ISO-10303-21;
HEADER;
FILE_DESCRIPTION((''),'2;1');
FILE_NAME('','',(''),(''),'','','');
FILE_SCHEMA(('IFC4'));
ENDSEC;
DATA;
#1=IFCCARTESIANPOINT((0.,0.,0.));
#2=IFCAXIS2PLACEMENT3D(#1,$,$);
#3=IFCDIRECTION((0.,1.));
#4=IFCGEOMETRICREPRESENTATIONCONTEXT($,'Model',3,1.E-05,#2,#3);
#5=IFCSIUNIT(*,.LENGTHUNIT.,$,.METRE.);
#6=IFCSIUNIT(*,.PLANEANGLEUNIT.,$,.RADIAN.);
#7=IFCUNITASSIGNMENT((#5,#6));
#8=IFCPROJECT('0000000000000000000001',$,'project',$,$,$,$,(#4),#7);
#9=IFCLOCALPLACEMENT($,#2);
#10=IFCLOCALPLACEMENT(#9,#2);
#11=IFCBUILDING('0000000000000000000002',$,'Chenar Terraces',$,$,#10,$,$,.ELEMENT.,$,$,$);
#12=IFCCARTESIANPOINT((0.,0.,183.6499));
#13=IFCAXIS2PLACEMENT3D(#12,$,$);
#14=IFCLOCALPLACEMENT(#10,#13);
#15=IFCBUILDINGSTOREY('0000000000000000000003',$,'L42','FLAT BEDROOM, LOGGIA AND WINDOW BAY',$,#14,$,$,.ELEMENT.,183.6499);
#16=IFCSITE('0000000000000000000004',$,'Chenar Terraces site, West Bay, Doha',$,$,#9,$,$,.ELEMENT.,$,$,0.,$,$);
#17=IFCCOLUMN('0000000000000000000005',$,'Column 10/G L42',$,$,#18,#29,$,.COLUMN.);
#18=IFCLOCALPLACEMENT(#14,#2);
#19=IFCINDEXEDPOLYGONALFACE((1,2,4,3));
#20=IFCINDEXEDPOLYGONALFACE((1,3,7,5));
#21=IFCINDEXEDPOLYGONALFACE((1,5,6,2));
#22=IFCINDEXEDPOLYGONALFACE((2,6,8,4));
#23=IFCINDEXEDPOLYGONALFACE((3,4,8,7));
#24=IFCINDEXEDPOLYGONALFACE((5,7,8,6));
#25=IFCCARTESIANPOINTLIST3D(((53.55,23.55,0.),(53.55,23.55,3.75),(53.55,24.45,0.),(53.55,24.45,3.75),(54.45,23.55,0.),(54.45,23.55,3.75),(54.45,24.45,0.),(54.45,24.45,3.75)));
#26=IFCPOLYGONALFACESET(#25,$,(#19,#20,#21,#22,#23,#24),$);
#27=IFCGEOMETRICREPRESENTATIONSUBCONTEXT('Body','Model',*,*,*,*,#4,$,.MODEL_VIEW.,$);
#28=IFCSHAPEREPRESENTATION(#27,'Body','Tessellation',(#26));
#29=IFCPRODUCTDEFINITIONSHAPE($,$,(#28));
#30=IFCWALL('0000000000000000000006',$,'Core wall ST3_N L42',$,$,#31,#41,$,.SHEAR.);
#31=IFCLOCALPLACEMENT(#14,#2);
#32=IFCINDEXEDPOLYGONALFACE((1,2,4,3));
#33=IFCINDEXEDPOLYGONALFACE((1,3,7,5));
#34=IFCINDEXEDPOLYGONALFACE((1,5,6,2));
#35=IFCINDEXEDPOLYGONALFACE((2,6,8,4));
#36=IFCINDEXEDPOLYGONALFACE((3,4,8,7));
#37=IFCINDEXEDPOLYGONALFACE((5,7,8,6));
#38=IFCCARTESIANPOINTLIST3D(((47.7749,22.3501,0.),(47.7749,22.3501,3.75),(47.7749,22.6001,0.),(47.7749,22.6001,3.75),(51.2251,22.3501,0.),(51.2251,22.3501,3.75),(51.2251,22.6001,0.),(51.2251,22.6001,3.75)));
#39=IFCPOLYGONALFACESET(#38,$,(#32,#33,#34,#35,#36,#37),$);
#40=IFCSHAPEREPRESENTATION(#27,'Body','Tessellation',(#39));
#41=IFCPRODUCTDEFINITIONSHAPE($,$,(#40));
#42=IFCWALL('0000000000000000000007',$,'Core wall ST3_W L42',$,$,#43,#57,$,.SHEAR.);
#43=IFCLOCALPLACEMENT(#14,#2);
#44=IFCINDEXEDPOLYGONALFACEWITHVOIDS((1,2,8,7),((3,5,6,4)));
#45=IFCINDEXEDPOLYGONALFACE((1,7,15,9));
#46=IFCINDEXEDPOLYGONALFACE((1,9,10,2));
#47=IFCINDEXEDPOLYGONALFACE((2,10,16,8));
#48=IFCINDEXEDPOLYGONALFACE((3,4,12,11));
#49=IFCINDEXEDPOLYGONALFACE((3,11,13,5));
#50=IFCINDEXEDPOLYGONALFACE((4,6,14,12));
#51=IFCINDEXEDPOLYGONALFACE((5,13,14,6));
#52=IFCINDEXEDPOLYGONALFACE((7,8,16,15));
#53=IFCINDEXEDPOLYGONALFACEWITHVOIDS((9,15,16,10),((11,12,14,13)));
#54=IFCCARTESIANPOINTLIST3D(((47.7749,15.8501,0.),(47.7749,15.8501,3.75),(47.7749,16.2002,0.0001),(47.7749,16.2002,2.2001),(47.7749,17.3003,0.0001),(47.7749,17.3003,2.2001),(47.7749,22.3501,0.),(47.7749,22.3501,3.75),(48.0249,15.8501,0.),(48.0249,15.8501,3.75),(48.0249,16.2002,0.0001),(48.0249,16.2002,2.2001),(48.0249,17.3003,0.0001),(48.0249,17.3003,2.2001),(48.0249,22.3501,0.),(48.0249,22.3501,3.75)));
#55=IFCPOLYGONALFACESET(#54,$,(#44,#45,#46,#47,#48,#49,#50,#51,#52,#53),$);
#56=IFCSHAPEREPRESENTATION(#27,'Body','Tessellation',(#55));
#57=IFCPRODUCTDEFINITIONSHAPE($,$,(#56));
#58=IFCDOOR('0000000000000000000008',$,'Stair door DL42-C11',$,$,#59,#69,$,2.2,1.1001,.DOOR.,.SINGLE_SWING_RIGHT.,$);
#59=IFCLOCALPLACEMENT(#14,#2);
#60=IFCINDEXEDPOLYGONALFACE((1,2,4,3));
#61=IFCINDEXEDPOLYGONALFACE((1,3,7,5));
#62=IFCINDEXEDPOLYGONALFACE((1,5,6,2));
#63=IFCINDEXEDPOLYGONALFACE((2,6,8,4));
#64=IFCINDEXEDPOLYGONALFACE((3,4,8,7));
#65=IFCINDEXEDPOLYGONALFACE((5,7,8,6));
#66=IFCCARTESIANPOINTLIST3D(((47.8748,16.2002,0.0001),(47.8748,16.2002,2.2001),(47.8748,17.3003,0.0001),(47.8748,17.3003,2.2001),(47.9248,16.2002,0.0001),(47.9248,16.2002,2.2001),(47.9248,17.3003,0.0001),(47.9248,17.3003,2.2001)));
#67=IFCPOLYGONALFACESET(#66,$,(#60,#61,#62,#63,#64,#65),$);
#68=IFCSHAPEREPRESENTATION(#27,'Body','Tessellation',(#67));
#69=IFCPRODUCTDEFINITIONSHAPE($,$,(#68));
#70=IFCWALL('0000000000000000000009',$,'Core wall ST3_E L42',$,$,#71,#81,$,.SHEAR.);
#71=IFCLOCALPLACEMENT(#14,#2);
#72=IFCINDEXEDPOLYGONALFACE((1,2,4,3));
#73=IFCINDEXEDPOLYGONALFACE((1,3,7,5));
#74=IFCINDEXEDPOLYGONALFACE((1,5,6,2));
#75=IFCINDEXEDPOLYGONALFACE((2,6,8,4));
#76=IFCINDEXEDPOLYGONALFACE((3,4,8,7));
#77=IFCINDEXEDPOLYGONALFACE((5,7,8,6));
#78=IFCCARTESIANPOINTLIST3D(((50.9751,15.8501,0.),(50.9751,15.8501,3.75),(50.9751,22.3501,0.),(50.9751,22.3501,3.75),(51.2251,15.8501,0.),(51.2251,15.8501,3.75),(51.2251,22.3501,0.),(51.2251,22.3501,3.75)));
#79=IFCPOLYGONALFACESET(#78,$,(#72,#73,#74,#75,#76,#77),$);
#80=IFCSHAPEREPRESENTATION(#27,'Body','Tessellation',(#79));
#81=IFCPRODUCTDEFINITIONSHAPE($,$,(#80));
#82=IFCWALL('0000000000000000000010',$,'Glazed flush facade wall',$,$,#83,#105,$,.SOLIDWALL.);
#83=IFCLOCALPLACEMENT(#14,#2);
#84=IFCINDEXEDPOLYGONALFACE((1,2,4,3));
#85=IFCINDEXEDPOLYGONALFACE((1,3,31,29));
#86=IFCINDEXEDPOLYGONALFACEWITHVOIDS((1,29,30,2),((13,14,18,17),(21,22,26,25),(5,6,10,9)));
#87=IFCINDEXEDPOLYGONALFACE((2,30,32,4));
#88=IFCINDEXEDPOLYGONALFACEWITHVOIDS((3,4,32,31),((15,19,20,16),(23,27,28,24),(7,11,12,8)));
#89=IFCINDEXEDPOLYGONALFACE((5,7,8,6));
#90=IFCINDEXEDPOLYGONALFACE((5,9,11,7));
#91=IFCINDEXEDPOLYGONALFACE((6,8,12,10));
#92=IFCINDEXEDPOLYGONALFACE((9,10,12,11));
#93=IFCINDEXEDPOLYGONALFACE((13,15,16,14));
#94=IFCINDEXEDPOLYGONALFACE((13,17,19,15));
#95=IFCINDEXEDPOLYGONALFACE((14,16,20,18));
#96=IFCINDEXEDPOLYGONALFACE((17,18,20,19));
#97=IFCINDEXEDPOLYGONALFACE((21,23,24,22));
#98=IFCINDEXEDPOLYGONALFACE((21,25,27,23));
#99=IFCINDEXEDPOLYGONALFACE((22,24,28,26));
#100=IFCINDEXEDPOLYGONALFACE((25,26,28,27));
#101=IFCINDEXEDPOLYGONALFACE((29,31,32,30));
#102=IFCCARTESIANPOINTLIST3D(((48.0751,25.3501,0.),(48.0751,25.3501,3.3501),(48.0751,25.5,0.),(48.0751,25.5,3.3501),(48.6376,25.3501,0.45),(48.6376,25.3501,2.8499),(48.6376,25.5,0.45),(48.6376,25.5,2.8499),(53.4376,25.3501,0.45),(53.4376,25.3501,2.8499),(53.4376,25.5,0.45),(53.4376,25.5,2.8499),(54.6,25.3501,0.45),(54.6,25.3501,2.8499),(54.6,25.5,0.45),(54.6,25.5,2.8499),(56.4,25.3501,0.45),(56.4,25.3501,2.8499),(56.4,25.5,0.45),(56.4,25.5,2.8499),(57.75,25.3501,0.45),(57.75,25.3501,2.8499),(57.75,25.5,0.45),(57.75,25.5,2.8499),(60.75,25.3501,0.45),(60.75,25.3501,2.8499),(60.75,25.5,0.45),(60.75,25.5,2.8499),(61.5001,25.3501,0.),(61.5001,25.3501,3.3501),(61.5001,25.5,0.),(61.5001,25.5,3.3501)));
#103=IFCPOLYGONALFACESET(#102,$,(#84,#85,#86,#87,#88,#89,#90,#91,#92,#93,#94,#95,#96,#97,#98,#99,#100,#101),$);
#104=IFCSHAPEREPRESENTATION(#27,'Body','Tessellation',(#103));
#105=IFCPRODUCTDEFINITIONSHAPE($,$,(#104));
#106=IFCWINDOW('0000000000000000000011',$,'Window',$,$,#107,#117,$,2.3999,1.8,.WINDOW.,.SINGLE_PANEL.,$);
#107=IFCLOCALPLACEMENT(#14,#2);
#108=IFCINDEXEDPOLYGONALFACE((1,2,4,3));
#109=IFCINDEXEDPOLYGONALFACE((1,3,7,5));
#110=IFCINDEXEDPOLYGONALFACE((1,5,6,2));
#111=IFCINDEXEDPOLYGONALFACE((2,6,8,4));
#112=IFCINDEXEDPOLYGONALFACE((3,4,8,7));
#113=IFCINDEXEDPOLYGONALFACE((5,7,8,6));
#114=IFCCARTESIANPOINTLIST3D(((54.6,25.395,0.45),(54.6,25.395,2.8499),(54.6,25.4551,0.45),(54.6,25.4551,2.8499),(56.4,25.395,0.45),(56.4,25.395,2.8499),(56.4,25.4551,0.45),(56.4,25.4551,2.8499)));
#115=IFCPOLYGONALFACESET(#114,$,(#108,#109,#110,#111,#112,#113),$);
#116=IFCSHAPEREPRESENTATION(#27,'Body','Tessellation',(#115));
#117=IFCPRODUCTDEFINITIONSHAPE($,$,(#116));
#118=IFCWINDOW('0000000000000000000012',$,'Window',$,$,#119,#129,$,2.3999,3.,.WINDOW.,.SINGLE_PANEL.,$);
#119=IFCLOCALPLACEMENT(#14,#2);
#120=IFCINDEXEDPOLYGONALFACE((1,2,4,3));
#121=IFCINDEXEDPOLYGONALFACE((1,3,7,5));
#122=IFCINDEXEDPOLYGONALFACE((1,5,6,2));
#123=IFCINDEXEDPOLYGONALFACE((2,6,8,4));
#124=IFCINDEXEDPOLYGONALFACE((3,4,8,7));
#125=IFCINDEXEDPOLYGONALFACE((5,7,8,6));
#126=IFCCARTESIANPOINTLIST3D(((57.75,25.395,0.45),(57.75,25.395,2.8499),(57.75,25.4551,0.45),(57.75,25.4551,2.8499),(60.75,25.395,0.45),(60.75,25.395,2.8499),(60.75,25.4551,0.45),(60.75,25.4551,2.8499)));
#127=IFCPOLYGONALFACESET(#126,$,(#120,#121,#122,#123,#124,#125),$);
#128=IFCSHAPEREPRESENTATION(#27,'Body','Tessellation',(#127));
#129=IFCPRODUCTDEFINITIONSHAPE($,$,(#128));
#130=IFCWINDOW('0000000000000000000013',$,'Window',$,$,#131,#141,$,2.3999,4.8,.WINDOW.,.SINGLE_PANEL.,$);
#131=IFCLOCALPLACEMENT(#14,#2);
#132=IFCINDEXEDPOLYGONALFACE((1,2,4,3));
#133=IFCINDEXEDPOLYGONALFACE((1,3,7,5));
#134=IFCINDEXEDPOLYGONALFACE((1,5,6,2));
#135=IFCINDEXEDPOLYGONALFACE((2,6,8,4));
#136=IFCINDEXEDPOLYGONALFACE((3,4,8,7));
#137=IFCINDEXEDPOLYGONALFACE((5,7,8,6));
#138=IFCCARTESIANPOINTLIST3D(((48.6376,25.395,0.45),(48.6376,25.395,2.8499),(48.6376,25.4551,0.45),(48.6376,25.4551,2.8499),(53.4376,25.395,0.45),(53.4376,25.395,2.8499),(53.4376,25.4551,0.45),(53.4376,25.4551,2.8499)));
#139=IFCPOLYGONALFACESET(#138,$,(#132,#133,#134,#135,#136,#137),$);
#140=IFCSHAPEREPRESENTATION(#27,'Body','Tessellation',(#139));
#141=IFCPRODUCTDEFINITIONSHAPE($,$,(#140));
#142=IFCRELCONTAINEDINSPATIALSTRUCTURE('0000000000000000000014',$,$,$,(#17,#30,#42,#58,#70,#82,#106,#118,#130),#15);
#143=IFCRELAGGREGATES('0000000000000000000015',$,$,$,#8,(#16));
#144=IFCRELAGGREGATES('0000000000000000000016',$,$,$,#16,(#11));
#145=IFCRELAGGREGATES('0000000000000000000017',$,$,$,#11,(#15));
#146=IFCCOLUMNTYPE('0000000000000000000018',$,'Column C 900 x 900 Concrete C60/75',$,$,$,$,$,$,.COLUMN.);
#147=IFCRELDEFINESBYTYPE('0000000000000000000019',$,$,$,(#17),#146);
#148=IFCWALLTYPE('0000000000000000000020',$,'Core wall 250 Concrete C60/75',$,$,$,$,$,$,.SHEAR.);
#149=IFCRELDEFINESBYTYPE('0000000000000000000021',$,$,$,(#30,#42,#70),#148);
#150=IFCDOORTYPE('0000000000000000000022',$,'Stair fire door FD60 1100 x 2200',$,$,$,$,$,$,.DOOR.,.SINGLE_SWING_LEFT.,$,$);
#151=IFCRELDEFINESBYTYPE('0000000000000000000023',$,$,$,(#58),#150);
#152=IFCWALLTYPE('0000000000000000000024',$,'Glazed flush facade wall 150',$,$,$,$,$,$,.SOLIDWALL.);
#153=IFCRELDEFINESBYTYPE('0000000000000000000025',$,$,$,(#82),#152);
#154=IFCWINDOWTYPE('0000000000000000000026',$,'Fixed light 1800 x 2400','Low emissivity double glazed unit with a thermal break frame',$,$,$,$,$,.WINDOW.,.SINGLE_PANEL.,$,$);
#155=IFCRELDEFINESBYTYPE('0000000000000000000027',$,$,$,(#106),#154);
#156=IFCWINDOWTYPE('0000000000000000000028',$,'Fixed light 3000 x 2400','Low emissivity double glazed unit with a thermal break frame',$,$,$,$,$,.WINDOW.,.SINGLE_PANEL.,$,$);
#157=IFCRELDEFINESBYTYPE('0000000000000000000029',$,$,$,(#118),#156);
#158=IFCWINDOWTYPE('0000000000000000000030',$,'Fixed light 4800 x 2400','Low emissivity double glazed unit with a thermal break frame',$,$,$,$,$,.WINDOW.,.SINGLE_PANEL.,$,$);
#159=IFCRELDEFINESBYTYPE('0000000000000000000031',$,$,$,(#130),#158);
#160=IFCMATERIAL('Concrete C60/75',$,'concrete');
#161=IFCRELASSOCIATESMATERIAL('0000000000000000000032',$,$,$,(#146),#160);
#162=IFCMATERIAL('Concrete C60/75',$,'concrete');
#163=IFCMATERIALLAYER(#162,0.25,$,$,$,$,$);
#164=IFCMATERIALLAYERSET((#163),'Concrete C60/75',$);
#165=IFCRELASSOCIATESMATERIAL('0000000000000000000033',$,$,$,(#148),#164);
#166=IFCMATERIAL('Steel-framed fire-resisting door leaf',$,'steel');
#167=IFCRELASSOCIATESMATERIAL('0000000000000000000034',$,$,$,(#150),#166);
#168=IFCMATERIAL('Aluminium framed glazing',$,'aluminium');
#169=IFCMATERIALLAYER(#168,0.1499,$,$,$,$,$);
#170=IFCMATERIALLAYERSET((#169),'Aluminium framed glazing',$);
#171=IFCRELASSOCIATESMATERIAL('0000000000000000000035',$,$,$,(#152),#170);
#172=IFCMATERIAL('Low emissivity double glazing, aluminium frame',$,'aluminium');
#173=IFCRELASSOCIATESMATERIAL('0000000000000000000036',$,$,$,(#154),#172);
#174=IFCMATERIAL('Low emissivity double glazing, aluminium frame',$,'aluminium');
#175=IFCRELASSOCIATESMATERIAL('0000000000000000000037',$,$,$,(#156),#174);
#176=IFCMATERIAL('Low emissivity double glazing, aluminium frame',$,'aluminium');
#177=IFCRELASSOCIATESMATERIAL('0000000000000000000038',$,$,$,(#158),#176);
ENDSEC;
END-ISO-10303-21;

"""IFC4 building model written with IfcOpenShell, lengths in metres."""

from ifc_helpers import new_model, si_unit, direction, frame, frame_2d, origin, origin_2d, place, context, subcontext, project, spatial, rectangle, extrude, material, layer, layer_set, material_profile, profile_set, type_object, element, fill, save


model = new_model("IFC4")

# Units and contexts
model_context = context("Model", 3, precision=1e-05, world=origin(), true_north=direction((0.0, 1.0)))
body_context = subcontext(model_context, "Body", "Model", "MODEL_VIEW")
ifc_project = project(units=[si_unit("LENGTHUNIT", "METRE"), si_unit("PLANEANGLEUNIT", "RADIAN")], contexts=[model_context])

# Site, building, storey
site_placement = place(None, origin())
site = spatial("IfcSite", under=ifc_project, at=site_placement, Name="Chenar Terraces site, West Bay, Doha", CompositionType="ELEMENT", RefElevation=0.0)
building_placement = place(site_placement, origin())
building = spatial("IfcBuilding", under=site, at=building_placement, Name="Chenar Terraces", CompositionType="ELEMENT")
storey_placement = place(building_placement, frame((0.0, 0.0, 183.6499)))
storey = spatial("IfcBuildingStorey", under=building, at=storey_placement, Name="L42", Description="FLAT BEDROOM, LOGGIA AND WINDOW BAY", CompositionType="ELEMENT", Elevation=183.6499)

# Column
ifc_material_1 = material(Name="Concrete C60/75", Category="concrete")
ifc_material_profile = material_profile(ifc_material_1, rectangle(XDim=0.8999, YDim=0.8999, at=origin_2d()), Name="C 900 x 900")
ifc_profile_set = profile_set([ifc_material_profile], Name="Concrete C60/75")
column_type = type_object("IfcColumnType", Name="Column C 900 x 900 Concrete C60/75", PredefinedType="COLUMN", material=ifc_profile_set)
column_placement = place(storey_placement, frame((54.0, 24.0, 0.0), z_axis=(0.0, 0.0, 1.0), x_axis=(1.0, 0.0, 0.0)))
element("IfcColumn", 1, at=column_placement, inside=storey, type_object=column_type, Name="Column 10/G L42", PredefinedType="COLUMN", context=body_context, shape_type="SweptSolid", body=[
    extrude(rectangle(XDim=0.8999, YDim=0.8999, at=origin_2d()), origin(), (0.0, 0.0, 1.0), 3.75),
])

# Wall
ifc_material_2 = material(Name="Concrete C60/75", Category="concrete")
ifc_layer_1 = layer(ifc_material_2, 0.25)
ifc_layer_set_1 = layer_set([ifc_layer_1], Name="Concrete C60/75")
wall_type_1 = type_object("IfcWallType", Name="Core wall 250 Concrete C60/75", PredefinedType="SHEAR", material=ifc_layer_set_1)
wall_1_placement = place(storey_placement, frame((47.7749, 22.4751, 0.0), z_axis=(0.0, 0.0, 1.0), x_axis=(1.0, 0.0, 0.0)))
element("IfcWall", 2, at=wall_1_placement, inside=storey, type_object=wall_type_1, Name="Core wall ST3_N L42", PredefinedType="SHEAR", context=body_context, shape_type="SweptSolid", body=[
    extrude(rectangle(XDim=3.4502, YDim=0.25, at=frame_2d((1.7251, 0.0))), origin(), (0.0, 0.0, 1.0), 3.75),
])

# Wall, opening, door
wall_2_placement = place(storey_placement, frame((47.8999, 15.8501, 0.0), z_axis=(0.0, 0.0, 1.0), x_axis=(0.0, 1.0, 0.0)))
wall_2 = element("IfcWall", 3, at=wall_2_placement, inside=storey, type_object=wall_type_1, Name="Core wall ST3_W L42", PredefinedType="SHEAR", context=body_context, shape_type="SweptSolid", body=[
    extrude(rectangle(XDim=6.5, YDim=0.25, at=frame_2d((3.25, 0.0))), origin(), (0.0, 0.0, 1.0), 3.75),
])
opening_1_placement = place(wall_2_placement, frame((0.3501, 0.0, 0.0)))
opening_1 = element("IfcOpeningElement", 4, at=opening_1_placement, cuts=wall_2, PredefinedType="OPENING", context=body_context, shape_type="SweptSolid", body=[
    extrude(rectangle(XDim=1.1001, YDim=2.2, at=frame_2d((0.55, 1.1001))), frame((0.0, 0.135, 0.0), z_axis=(0.0, -1.0, 0.0), x_axis=(1.0, 0.0, 0.0)), (0.0, 0.0, 1.0), 0.27),
])
ifc_material_3 = material(Name="Steel-framed fire-resisting door leaf", Category="steel")
door_type_1 = type_object("IfcDoorType", Name="Stair fire door FD60 1100 x 2200", OperationType="SINGLE_SWING_LEFT", PredefinedType="DOOR", material=ifc_material_3)
door_1_placement = place(opening_1_placement, frame((1.1001, 0.0, 0.0), z_axis=(0.0, 0.0, 1.0), x_axis=(-1.0, 0.0, 0.0)))
door_1 = element("IfcDoor", 5, at=door_1_placement, inside=storey, type_object=door_type_1, Name="Stair door DL42-C11", OperationType="SINGLE_SWING_RIGHT", OverallHeight=2.2, OverallWidth=1.1001, PredefinedType="DOOR", context=body_context, shape_type="SweptSolid", body=[
    extrude(rectangle(XDim=1.1001, YDim=2.2, at=frame_2d((0.55, 1.1001))), frame((0.0, 0.0249, 0.0), z_axis=(0.0, -1.0, 0.0), x_axis=(1.0, 0.0, 0.0)), (0.0, 0.0, 1.0), 0.05),
])
fill(opening_1, door_1)

# Wall
wall_3_placement = place(storey_placement, frame((51.1001, 15.8501, 0.0), z_axis=(0.0, 0.0, 1.0), x_axis=(0.0, 1.0, 0.0)))
element("IfcWall", 6, at=wall_3_placement, inside=storey, type_object=wall_type_1, Name="Core wall ST3_E L42", PredefinedType="SHEAR", context=body_context, shape_type="SweptSolid", body=[
    extrude(rectangle(XDim=6.5, YDim=0.25, at=frame_2d((3.25, 0.0))), origin(), (0.0, 0.0, 1.0), 3.75),
])

# Wall, openings, windows
ifc_material_4 = material(Name="Aluminium framed glazing", Category="aluminium")
ifc_layer_2 = layer(ifc_material_4, 0.1499)
ifc_layer_set_2 = layer_set([ifc_layer_2], Name="Aluminium framed glazing")
wall_type_2 = type_object("IfcWallType", Name="Glazed flush facade wall 150", PredefinedType="SOLIDWALL", material=ifc_layer_set_2)
wall_4_placement = place(storey_placement, frame((61.5, 25.425, 0.0), z_axis=(0.0, 0.0, 1.0), x_axis=(-1.0, 0.0, 0.0)))
wall_4 = element("IfcWall", 7, at=wall_4_placement, inside=storey, type_object=wall_type_2, Name="Glazed flush facade wall", PredefinedType="SOLIDWALL", context=body_context, shape_type="SweptSolid", body=[
    extrude(rectangle(XDim=13.425, YDim=0.1499, at=frame_2d((6.7124, 0.0))), origin(), (0.0, 0.0, 1.0), 3.3501),
])
opening_2_placement = place(wall_4_placement, frame((0.75, 0.0, 0.45)))
opening_2 = element("IfcOpeningElement", 8, at=opening_2_placement, cuts=wall_4, PredefinedType="OPENING", context=body_context, shape_type="SweptSolid", body=[
    extrude(rectangle(XDim=3.0, YDim=2.3999, at=frame_2d((1.5, 1.2))), frame((0.0, 0.085, 0.0), z_axis=(0.0, -1.0, 0.0), x_axis=(1.0, 0.0, 0.0)), (0.0, 0.0, 1.0), 0.1699),
])
opening_3_placement = place(wall_4_placement, frame((5.1001, 0.0, 0.45)))
opening_3 = element("IfcOpeningElement", 9, at=opening_3_placement, cuts=wall_4, PredefinedType="OPENING", context=body_context, shape_type="SweptSolid", body=[
    extrude(rectangle(XDim=1.8, YDim=2.3999, at=frame_2d((0.8999, 1.2))), frame((0.0, 0.085, 0.0), z_axis=(0.0, -1.0, 0.0), x_axis=(1.0, 0.0, 0.0)), (0.0, 0.0, 1.0), 0.1699),
])
opening_4_placement = place(wall_4_placement, frame((8.0625, 0.0, 0.45)))
opening_4 = element("IfcOpeningElement", 10, at=opening_4_placement, cuts=wall_4, PredefinedType="OPENING", context=body_context, shape_type="SweptSolid", body=[
    extrude(rectangle(XDim=4.8, YDim=2.3999, at=frame_2d((2.3999, 1.2))), frame((0.0, 0.085, 0.0), z_axis=(0.0, -1.0, 0.0), x_axis=(1.0, 0.0, 0.0)), (0.0, 0.0, 1.0), 0.1699),
])
ifc_material_5 = material(Name="Low emissivity double glazing, aluminium frame", Category="aluminium")
window_type_1 = type_object("IfcWindowType", Name="Fixed light 1800 x 2400", Description="Low emissivity double glazed unit with a thermal break frame", PartitioningType="SINGLE_PANEL", PredefinedType="WINDOW", material=ifc_material_5)
window_1_placement = place(opening_3_placement, origin())
window_1 = element("IfcWindow", 11, at=window_1_placement, inside=storey, type_object=window_type_1, Name="Window", OverallHeight=2.3999, OverallWidth=1.8, PartitioningType="SINGLE_PANEL", PredefinedType="WINDOW", context=body_context, shape_type="SweptSolid", body=[
    extrude(rectangle(XDim=1.8, YDim=2.3999, at=frame_2d((0.8999, 1.2))), frame((0.0, 0.03, 0.0), z_axis=(0.0, -1.0, 0.0), x_axis=(1.0, 0.0, 0.0)), (0.0, 0.0, 1.0), 0.0601),
])
fill(opening_3, window_1)
ifc_material_6 = material(Name="Low emissivity double glazing, aluminium frame", Category="aluminium")
window_type_2 = type_object("IfcWindowType", Name="Fixed light 3000 x 2400", Description="Low emissivity double glazed unit with a thermal break frame", PartitioningType="SINGLE_PANEL", PredefinedType="WINDOW", material=ifc_material_6)
window_2_placement = place(opening_2_placement, origin())
window_2 = element("IfcWindow", 12, at=window_2_placement, inside=storey, type_object=window_type_2, Name="Window", OverallHeight=2.3999, OverallWidth=3.0, PartitioningType="SINGLE_PANEL", PredefinedType="WINDOW", context=body_context, shape_type="SweptSolid", body=[
    extrude(rectangle(XDim=3.0, YDim=2.3999, at=frame_2d((1.5, 1.2))), frame((0.0, 0.03, 0.0), z_axis=(0.0, -1.0, 0.0), x_axis=(1.0, 0.0, 0.0)), (0.0, 0.0, 1.0), 0.0601),
])
fill(opening_2, window_2)
ifc_material_7 = material(Name="Low emissivity double glazing, aluminium frame", Category="aluminium")
window_type_3 = type_object("IfcWindowType", Name="Fixed light 4800 x 2400", Description="Low emissivity double glazed unit with a thermal break frame", PartitioningType="SINGLE_PANEL", PredefinedType="WINDOW", material=ifc_material_7)
window_3_placement = place(opening_4_placement, origin())
window_3 = element("IfcWindow", 13, at=window_3_placement, inside=storey, type_object=window_type_3, Name="Window", OverallHeight=2.3999, OverallWidth=4.8, PartitioningType="SINGLE_PANEL", PredefinedType="WINDOW", context=body_context, shape_type="SweptSolid", body=[
    extrude(rectangle(XDim=4.8, YDim=2.3999, at=frame_2d((2.3999, 1.2))), frame((0.0, 0.03, 0.0), z_axis=(0.0, -1.0, 0.0), x_axis=(1.0, 0.0, 0.0)), (0.0, 0.0, 1.0), 0.0601),
])
fill(opening_4, window_3)

save(model, "model.ifc")
